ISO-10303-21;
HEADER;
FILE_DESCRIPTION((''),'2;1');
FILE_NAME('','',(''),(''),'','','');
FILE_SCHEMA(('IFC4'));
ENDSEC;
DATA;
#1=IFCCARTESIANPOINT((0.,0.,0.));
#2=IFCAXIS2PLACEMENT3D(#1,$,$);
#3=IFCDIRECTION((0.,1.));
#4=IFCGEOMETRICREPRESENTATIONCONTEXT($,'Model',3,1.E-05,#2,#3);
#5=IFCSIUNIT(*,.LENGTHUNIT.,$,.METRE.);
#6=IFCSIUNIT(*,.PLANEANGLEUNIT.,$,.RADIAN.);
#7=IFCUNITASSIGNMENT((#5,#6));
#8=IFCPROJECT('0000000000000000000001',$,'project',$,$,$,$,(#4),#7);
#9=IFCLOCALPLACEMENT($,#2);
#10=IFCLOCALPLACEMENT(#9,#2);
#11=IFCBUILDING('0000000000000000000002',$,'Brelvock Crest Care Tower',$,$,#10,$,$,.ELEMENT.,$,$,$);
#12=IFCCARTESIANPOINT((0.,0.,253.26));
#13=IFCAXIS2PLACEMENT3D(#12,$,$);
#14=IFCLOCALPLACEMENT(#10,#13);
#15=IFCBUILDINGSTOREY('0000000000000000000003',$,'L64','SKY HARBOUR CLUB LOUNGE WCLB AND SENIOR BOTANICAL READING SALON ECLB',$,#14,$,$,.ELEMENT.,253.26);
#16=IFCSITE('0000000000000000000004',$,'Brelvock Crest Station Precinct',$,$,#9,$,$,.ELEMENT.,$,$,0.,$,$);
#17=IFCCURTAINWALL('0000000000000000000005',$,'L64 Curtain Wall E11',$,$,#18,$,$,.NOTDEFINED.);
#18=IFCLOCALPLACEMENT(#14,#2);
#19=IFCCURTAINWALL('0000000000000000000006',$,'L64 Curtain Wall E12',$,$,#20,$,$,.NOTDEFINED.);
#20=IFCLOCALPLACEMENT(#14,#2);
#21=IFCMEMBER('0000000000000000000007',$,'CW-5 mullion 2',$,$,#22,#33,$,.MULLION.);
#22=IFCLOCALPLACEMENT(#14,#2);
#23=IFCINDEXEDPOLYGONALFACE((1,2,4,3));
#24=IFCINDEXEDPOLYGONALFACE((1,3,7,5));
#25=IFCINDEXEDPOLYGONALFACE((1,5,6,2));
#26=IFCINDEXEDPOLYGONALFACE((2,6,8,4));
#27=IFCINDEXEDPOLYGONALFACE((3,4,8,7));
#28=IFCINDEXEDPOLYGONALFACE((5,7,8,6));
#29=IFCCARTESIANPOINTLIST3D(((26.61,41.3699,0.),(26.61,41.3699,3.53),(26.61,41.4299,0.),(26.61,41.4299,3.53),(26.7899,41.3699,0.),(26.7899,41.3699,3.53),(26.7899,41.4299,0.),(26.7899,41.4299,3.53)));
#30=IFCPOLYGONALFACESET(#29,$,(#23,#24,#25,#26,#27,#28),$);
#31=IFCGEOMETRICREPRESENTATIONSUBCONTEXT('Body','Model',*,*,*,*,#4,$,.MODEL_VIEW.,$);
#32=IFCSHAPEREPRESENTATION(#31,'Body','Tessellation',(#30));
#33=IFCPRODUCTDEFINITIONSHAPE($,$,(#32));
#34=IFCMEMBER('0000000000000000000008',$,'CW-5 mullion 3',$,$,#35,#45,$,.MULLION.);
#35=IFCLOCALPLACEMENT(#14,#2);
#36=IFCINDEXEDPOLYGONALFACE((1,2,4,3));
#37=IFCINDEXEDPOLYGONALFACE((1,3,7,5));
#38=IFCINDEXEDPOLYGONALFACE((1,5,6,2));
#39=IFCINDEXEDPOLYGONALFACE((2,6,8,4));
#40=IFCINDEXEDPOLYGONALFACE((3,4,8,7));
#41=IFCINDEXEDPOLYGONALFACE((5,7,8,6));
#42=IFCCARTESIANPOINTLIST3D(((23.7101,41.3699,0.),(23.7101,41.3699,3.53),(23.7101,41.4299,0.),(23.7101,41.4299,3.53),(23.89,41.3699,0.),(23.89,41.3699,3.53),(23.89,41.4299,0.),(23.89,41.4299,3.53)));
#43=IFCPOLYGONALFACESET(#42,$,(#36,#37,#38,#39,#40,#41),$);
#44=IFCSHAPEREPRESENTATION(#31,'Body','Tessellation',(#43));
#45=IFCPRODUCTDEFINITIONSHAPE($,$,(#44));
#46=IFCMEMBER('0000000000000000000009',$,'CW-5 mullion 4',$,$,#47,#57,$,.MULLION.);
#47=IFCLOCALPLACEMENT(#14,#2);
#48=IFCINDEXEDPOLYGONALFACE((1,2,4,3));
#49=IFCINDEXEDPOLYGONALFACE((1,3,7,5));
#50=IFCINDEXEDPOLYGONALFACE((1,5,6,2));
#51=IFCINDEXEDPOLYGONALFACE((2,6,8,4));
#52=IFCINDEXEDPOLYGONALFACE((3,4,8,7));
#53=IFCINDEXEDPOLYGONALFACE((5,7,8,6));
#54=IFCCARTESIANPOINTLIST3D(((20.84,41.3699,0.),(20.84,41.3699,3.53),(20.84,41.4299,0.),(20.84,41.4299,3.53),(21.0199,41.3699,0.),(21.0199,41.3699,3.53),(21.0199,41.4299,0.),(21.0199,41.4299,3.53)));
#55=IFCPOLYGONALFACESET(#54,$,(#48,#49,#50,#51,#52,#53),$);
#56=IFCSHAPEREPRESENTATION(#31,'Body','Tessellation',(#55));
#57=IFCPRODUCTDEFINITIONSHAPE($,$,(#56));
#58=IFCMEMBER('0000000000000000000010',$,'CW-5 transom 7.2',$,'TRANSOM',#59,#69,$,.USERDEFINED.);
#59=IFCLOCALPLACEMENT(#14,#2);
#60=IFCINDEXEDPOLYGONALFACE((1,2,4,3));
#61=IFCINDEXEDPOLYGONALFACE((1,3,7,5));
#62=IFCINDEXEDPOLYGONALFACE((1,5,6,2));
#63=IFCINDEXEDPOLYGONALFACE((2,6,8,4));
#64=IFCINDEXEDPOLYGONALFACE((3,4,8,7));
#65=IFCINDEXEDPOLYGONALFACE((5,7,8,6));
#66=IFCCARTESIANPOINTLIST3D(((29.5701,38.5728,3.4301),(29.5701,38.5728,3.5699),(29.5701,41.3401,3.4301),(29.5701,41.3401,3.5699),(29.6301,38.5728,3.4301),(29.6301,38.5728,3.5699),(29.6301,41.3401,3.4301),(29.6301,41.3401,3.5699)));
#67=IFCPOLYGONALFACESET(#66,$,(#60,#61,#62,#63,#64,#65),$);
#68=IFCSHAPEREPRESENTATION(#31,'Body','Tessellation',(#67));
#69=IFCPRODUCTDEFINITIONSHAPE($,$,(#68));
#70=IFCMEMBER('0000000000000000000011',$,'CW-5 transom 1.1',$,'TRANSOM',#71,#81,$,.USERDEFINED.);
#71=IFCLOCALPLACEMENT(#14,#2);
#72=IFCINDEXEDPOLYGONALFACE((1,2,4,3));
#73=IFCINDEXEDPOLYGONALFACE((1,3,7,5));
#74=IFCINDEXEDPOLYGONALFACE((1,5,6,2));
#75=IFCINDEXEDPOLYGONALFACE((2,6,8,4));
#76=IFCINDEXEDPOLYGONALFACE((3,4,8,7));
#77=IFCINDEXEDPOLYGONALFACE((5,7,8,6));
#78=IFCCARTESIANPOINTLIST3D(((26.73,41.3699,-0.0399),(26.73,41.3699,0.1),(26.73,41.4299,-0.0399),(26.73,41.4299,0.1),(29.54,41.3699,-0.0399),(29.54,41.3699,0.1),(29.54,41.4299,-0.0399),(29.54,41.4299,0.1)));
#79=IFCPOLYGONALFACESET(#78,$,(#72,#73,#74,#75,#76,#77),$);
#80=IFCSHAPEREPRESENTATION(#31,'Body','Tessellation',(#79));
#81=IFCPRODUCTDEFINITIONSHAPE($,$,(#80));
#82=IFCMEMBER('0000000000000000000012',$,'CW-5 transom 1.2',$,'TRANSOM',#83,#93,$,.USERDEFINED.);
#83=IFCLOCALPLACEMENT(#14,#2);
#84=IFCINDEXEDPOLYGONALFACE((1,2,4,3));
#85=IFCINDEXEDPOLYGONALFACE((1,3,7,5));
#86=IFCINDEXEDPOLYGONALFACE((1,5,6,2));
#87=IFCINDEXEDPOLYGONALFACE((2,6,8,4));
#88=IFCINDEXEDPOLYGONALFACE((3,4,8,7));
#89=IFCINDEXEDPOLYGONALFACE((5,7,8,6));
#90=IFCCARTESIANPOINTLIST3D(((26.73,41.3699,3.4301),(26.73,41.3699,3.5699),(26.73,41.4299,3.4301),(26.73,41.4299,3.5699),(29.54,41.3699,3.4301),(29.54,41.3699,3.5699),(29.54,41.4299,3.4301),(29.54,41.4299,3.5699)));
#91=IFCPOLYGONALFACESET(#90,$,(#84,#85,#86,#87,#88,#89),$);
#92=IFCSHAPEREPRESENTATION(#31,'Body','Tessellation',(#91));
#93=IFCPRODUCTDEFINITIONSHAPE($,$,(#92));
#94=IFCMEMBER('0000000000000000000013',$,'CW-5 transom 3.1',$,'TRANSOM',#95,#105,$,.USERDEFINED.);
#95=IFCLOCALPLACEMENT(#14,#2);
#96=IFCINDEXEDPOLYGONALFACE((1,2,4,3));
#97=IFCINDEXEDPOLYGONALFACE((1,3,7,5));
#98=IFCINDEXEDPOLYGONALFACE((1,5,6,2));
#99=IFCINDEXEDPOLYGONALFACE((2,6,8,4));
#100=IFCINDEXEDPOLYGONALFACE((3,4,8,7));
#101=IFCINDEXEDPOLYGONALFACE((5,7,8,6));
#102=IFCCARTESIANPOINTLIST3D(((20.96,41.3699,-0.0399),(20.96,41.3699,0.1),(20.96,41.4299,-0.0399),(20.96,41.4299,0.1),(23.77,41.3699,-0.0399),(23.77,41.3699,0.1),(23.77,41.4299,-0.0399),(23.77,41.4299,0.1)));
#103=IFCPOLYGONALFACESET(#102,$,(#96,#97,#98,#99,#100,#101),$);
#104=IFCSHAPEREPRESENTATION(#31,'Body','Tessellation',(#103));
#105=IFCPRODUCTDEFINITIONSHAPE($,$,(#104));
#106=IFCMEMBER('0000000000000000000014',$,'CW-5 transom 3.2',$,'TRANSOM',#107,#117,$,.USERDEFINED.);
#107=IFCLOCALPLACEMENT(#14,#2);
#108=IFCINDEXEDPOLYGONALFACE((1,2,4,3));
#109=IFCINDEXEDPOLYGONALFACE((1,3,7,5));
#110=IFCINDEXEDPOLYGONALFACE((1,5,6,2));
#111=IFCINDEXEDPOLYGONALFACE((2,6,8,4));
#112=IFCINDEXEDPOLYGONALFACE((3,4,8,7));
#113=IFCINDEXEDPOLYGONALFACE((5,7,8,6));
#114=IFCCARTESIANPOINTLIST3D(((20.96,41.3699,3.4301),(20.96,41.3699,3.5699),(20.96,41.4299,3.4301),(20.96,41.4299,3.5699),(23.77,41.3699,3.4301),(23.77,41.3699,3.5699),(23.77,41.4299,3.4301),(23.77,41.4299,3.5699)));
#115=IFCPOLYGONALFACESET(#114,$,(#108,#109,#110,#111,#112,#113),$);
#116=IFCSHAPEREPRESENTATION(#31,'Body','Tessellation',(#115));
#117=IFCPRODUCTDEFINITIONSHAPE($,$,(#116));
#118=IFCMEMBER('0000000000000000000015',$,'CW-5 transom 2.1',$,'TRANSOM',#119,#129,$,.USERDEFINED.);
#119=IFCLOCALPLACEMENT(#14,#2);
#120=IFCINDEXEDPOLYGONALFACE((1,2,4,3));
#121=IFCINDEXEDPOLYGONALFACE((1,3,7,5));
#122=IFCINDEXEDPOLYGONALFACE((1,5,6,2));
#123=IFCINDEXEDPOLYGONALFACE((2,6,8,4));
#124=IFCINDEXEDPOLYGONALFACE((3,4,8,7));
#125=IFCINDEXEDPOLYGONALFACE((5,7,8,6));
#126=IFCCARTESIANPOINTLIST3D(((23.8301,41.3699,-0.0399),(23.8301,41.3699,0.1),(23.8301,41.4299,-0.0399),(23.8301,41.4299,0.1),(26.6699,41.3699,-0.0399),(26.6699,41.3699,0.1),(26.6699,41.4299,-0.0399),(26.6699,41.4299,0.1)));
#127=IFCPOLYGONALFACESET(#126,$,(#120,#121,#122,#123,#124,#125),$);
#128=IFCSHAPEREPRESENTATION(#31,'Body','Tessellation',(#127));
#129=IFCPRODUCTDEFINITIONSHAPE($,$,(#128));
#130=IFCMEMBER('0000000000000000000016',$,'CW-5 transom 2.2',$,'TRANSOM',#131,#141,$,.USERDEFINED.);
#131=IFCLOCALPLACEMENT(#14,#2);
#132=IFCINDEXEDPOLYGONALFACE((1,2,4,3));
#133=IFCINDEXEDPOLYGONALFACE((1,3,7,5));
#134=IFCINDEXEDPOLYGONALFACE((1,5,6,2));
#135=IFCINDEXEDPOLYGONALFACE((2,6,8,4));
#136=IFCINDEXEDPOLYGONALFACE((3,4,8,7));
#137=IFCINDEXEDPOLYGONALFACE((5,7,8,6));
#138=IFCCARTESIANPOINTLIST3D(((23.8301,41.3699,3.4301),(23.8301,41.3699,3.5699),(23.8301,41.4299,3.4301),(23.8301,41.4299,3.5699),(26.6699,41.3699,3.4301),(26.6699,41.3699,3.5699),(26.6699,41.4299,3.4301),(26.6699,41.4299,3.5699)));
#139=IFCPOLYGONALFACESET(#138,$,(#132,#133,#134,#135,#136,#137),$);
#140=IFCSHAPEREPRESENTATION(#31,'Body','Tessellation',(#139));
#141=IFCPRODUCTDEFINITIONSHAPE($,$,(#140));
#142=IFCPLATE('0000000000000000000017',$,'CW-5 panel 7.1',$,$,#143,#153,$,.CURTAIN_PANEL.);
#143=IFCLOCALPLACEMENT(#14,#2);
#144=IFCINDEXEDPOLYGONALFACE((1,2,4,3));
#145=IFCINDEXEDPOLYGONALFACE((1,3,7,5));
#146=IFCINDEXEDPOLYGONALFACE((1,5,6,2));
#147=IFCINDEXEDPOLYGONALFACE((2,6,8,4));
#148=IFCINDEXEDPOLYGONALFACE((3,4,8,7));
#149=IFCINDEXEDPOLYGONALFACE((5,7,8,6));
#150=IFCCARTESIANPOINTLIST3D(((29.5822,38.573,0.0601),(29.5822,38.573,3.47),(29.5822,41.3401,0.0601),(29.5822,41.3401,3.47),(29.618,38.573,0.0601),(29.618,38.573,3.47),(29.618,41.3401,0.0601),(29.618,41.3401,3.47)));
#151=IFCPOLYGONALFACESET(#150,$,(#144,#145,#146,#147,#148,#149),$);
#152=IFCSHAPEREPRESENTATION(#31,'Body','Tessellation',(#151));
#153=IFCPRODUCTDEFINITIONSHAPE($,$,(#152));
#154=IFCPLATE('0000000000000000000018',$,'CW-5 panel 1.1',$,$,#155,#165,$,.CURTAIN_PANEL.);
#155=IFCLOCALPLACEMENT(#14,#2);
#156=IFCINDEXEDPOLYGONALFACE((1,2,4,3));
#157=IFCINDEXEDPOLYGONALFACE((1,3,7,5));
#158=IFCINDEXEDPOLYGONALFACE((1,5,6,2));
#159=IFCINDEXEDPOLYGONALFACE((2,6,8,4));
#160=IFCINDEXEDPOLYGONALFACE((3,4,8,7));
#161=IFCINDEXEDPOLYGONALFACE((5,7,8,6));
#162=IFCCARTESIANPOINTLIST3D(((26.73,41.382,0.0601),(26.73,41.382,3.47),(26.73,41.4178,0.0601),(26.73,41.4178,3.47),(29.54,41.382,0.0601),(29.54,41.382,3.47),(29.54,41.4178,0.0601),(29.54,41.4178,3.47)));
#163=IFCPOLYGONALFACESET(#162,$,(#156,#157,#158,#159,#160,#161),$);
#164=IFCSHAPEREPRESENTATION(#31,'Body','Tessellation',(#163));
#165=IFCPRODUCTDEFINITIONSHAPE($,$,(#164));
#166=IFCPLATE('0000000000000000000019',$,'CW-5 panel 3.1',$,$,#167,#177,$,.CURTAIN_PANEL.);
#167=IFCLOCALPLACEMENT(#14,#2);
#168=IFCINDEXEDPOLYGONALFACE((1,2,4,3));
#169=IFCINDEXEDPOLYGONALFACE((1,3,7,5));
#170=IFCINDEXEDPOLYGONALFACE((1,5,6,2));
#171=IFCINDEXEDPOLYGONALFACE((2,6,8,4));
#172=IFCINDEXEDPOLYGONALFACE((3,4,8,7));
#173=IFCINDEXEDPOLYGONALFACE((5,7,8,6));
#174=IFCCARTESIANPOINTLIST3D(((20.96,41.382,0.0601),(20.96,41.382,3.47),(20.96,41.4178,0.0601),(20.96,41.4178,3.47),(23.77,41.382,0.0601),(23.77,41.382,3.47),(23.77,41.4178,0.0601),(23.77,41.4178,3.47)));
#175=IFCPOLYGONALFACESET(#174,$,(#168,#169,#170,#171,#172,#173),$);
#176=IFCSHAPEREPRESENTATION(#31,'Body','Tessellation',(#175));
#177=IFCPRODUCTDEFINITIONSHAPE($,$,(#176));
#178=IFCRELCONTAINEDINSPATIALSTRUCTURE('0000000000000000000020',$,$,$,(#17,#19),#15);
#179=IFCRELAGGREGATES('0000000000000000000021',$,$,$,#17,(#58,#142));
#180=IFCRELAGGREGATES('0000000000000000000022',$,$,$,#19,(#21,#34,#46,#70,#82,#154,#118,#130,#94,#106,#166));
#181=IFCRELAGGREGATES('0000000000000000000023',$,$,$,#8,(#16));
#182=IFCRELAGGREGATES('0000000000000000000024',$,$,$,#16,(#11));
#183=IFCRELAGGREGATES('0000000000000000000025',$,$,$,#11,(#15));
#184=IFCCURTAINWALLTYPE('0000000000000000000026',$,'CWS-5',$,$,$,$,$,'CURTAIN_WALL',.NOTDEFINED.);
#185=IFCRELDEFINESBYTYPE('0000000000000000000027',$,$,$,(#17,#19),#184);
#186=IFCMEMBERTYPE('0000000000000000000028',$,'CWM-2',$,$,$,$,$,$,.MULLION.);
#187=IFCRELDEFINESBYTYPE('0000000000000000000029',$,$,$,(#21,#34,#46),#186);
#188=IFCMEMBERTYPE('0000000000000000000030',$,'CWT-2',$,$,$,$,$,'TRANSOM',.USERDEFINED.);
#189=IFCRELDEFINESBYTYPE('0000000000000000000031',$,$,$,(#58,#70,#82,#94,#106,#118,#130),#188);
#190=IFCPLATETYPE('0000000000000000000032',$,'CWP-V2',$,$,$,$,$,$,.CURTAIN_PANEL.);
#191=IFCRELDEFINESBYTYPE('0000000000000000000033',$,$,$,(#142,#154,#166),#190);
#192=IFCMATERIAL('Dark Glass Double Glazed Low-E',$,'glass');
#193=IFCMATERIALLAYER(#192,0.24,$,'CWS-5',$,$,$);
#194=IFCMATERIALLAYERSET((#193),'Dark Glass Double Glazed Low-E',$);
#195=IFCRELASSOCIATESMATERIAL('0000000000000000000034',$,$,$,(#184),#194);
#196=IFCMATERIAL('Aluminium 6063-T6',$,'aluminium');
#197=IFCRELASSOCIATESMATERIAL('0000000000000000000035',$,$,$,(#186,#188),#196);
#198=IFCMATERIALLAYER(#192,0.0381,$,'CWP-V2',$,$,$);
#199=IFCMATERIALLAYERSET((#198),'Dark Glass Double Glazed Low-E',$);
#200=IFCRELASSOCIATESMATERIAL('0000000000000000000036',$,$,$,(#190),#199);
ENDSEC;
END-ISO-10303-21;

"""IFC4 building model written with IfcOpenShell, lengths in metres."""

from ifc_helpers import new_model, si_unit, direction, frame, origin, origin_2d, place, context, subcontext, project, spatial, rectangle, extrude, source, transform, mapped, material, layer, layer_set, material_profile, profile_set, type_object, element, aggregate, save


model = new_model("IFC4")

# Units and contexts
model_context = context("Model", 3, precision=1e-05, world=origin(), true_north=direction((0.0, 1.0)))
body_context = subcontext(model_context, "Body", "Model", "MODEL_VIEW")
ifc_project = project(units=[si_unit("LENGTHUNIT", "METRE"), si_unit("PLANEANGLEUNIT", "RADIAN")], contexts=[model_context])

# Site, building, storey
site_placement = place(None, origin())
site = spatial("IfcSite", under=ifc_project, at=site_placement, Name="Brelvock Crest Station Precinct", CompositionType="ELEMENT", RefElevation=0.0)
building_placement = place(site_placement, origin())
building = spatial("IfcBuilding", under=site, at=building_placement, Name="Brelvock Crest Care Tower", CompositionType="ELEMENT")
storey_placement = place(building_placement, frame((0.0, 0.0, 253.26)))
storey = spatial("IfcBuildingStorey", under=building, at=storey_placement, Name="L64", Description="SKY HARBOUR CLUB LOUNGE WCLB AND SENIOR BOTANICAL READING SALON ECLB", CompositionType="ELEMENT", Elevation=253.26)

# Curtain wall
ifc_material_1 = material(Name="Dark Glass Double Glazed Low-E", Category="glass")
ifc_layer_1 = layer(ifc_material_1, 0.24, Name="CWS-5")
ifc_layer_set_1 = layer_set([ifc_layer_1], Name="Dark Glass Double Glazed Low-E")
curtain_wall_type = type_object("IfcCurtainWallType", Name="CWS-5", ElementType="CURTAIN_WALL", PredefinedType="NOTDEFINED", material=ifc_layer_set_1)
curtain_wall_1_placement = place(storey_placement, origin())
curtain_wall_1 = element("IfcCurtainWall", 1, at=curtain_wall_1_placement, inside=storey, type_object=curtain_wall_type, Name="L64 Curtain Wall E11", PredefinedType="NOTDEFINED")
ifc_material_2 = material(Name="Aluminium 6063-T6", Category="aluminium")
ifc_material_profile_1 = material_profile(ifc_material_2, rectangle(XDim=0.0601, YDim=0.1799, at=origin_2d()), Name="ALU60x180")
ifc_profile_set_1 = profile_set([ifc_material_profile_1], Name="Aluminium 6063-T6")
member_type_1 = type_object("IfcMemberType", Name="CWM-2", PredefinedType="MULLION", material=ifc_profile_set_1)
shared_shape_1 = source(origin(), body_context, "Body", "SweptSolid", [
    extrude(rectangle(XDim=0.0601, YDim=0.1799, at=origin_2d()), origin(), (0.0, 0.0, 1.0), 3.53),
])

# Curtain wall, members
curtain_wall_2_placement = place(storey_placement, origin())
curtain_wall_2 = element("IfcCurtainWall", 2, at=curtain_wall_2_placement, inside=storey, type_object=curtain_wall_type, Name="L64 Curtain Wall E12", PredefinedType="NOTDEFINED")
member_1_placement = place(storey_placement, frame((26.7, 41.3999, 0.0), z_axis=(0.0, 0.0, 1.0), x_axis=(0.0, -1.0, 0.0)))
member_1 = element("IfcMember", 3, at=member_1_placement, type_object=member_type_1, Name="CW-5 mullion 2", PredefinedType="MULLION", context=body_context, shape_type="MappedRepresentation", body=[
    mapped(shared_shape_1, transform((0.0, 0.0, 0.0), x_axis=(1.0, 0.0, 0.0), y_axis=(0.0, 1.0, 0.0), z_axis=(0.0, 0.0, 1.0), scale=1.0)),
])
member_2_placement = place(storey_placement, frame((23.8, 41.3999, 0.0), z_axis=(0.0, 0.0, 1.0), x_axis=(0.0, -1.0, 0.0)))
member_2 = element("IfcMember", 4, at=member_2_placement, type_object=member_type_1, Name="CW-5 mullion 3", PredefinedType="MULLION", context=body_context, shape_type="MappedRepresentation", body=[
    mapped(shared_shape_1, transform((0.0, 0.0, 0.0), x_axis=(1.0, 0.0, 0.0), y_axis=(0.0, 1.0, 0.0), z_axis=(0.0, 0.0, 1.0), scale=1.0)),
])
member_3_placement = place(storey_placement, frame((20.9299, 41.3999, 0.0), z_axis=(0.0, 0.0, 1.0), x_axis=(0.0, -1.0, 0.0)))
member_3 = element("IfcMember", 5, at=member_3_placement, type_object=member_type_1, Name="CW-5 mullion 4", PredefinedType="MULLION", context=body_context, shape_type="MappedRepresentation", body=[
    mapped(shared_shape_1, transform((0.0, 0.0, 0.0), x_axis=(1.0, 0.0, 0.0), y_axis=(0.0, 1.0, 0.0), z_axis=(0.0, 0.0, 1.0), scale=1.0)),
])

# Members
ifc_material_profile_2 = material_profile(ifc_material_2, rectangle(XDim=0.0601, YDim=0.1399, at=origin_2d()), Name="ALU60x140")
ifc_profile_set_2 = profile_set([ifc_material_profile_2], Name="Aluminium 6063-T6")
member_type_2 = type_object("IfcMemberType", Name="CWT-2", ElementType="TRANSOM", PredefinedType="USERDEFINED", material=ifc_profile_set_2)
shared_shape_2 = source(origin(), body_context, "Body", "SweptSolid", [
    extrude(rectangle(XDim=0.0601, YDim=0.1399, at=origin_2d()), origin(), (0.0, 0.0, 1.0), 2.7673),
])
member_4_placement = place(storey_placement, frame((29.6001, 38.5728, 3.5), z_axis=(0.0, 1.0, 0.0), x_axis=(-1.0, 0.0, 0.0)))
member_4 = element("IfcMember", 6, at=member_4_placement, type_object=member_type_2, Name="CW-5 transom 7.2", ObjectType="TRANSOM", PredefinedType="USERDEFINED", context=body_context, shape_type="MappedRepresentation", body=[
    mapped(shared_shape_2, transform((0.0, 0.0, 0.0), x_axis=(1.0, 0.0, 0.0), y_axis=(0.0, 1.0, 0.0), z_axis=(0.0, 0.0, 1.0), scale=1.0)),
])
shared_shape_3 = source(origin(), body_context, "Body", "SweptSolid", [
    extrude(rectangle(XDim=0.0601, YDim=0.1399, at=origin_2d()), origin(), (0.0, 0.0, 1.0), 2.8101),
])
member_5_placement = place(storey_placement, frame((29.54, 41.3999, 0.03), z_axis=(-1.0, 0.0, 0.0), x_axis=(0.0, -1.0, 0.0)))
member_5 = element("IfcMember", 7, at=member_5_placement, type_object=member_type_2, Name="CW-5 transom 1.1", ObjectType="TRANSOM", PredefinedType="USERDEFINED", context=body_context, shape_type="MappedRepresentation", body=[
    mapped(shared_shape_3, transform((0.0, 0.0, 0.0), x_axis=(1.0, 0.0, 0.0), y_axis=(0.0, 1.0, 0.0), z_axis=(0.0, 0.0, 1.0), scale=1.0)),
])
member_6_placement = place(storey_placement, frame((29.54, 41.3999, 3.5), z_axis=(-1.0, 0.0, 0.0), x_axis=(0.0, -1.0, 0.0)))
member_6 = element("IfcMember", 8, at=member_6_placement, type_object=member_type_2, Name="CW-5 transom 1.2", ObjectType="TRANSOM", PredefinedType="USERDEFINED", context=body_context, shape_type="MappedRepresentation", body=[
    mapped(shared_shape_3, transform((0.0, 0.0, 0.0), x_axis=(1.0, 0.0, 0.0), y_axis=(0.0, 1.0, 0.0), z_axis=(0.0, 0.0, 1.0), scale=1.0)),
])
member_7_placement = place(storey_placement, frame((23.77, 41.3999, 0.03), z_axis=(-1.0, 0.0, 0.0), x_axis=(0.0, -1.0, 0.0)))
member_7 = element("IfcMember", 9, at=member_7_placement, type_object=member_type_2, Name="CW-5 transom 3.1", ObjectType="TRANSOM", PredefinedType="USERDEFINED", context=body_context, shape_type="MappedRepresentation", body=[
    mapped(shared_shape_3, transform((0.0, 0.0, 0.0), x_axis=(1.0, 0.0, 0.0), y_axis=(0.0, 1.0, 0.0), z_axis=(0.0, 0.0, 1.0), scale=1.0)),
])
member_8_placement = place(storey_placement, frame((23.77, 41.3999, 3.5), z_axis=(-1.0, 0.0, 0.0), x_axis=(0.0, -1.0, 0.0)))
member_8 = element("IfcMember", 10, at=member_8_placement, type_object=member_type_2, Name="CW-5 transom 3.2", ObjectType="TRANSOM", PredefinedType="USERDEFINED", context=body_context, shape_type="MappedRepresentation", body=[
    mapped(shared_shape_3, transform((0.0, 0.0, 0.0), x_axis=(1.0, 0.0, 0.0), y_axis=(0.0, 1.0, 0.0), z_axis=(0.0, 0.0, 1.0), scale=1.0)),
])
shared_shape_4 = source(origin(), body_context, "Body", "SweptSolid", [
    extrude(rectangle(XDim=0.0601, YDim=0.1399, at=origin_2d()), origin(), (0.0, 0.0, 1.0), 2.8398),
])
member_9_placement = place(storey_placement, frame((26.6699, 41.3999, 0.03), z_axis=(-1.0, 0.0, 0.0), x_axis=(0.0, -1.0, 0.0)))
member_9 = element("IfcMember", 11, at=member_9_placement, type_object=member_type_2, Name="CW-5 transom 2.1", ObjectType="TRANSOM", PredefinedType="USERDEFINED", context=body_context, shape_type="MappedRepresentation", body=[
    mapped(shared_shape_4, transform((0.0, 0.0, 0.0), x_axis=(1.0, 0.0, 0.0), y_axis=(0.0, 1.0, 0.0), z_axis=(0.0, 0.0, 1.0), scale=1.0)),
])
member_10_placement = place(storey_placement, frame((26.6699, 41.3999, 3.5), z_axis=(-1.0, 0.0, 0.0), x_axis=(0.0, -1.0, 0.0)))
member_10 = element("IfcMember", 12, at=member_10_placement, type_object=member_type_2, Name="CW-5 transom 2.2", ObjectType="TRANSOM", PredefinedType="USERDEFINED", context=body_context, shape_type="MappedRepresentation", body=[
    mapped(shared_shape_4, transform((0.0, 0.0, 0.0), x_axis=(1.0, 0.0, 0.0), y_axis=(0.0, 1.0, 0.0), z_axis=(0.0, 0.0, 1.0), scale=1.0)),
])

# Plates
ifc_layer_2 = layer(ifc_material_1, 0.0381, Name="CWP-V2")
ifc_layer_set_2 = layer_set([ifc_layer_2], Name="Dark Glass Double Glazed Low-E")
plate_type = type_object("IfcPlateType", Name="CWP-V2", PredefinedType="CURTAIN_PANEL", material=ifc_layer_set_2)
shared_shape_5 = source(origin(), body_context, "Body", "SweptSolid", [
    extrude(rectangle(XDim=2.7671, YDim=0.0359, at=origin_2d()), origin(), (0.0, 0.0, 1.0), 3.4099),
])
plate_1_placement = place(storey_placement, frame((29.6001, 39.9565, 0.0601), z_axis=(0.0, 0.0, 1.0), x_axis=(0.0, 1.0, 0.0)))
plate_1 = element("IfcPlate", 13, at=plate_1_placement, type_object=plate_type, Name="CW-5 panel 7.1", PredefinedType="CURTAIN_PANEL", context=body_context, shape_type="MappedRepresentation", body=[
    mapped(shared_shape_5, transform((0.0, 0.0, 0.0), x_axis=(1.0, 0.0, 0.0), y_axis=(0.0, 1.0, 0.0), z_axis=(0.0, 0.0, 1.0), scale=1.0)),
])
aggregate(curtain_wall_1, [member_4, plate_1])
shared_shape_6 = source(origin(), body_context, "Body", "SweptSolid", [
    extrude(rectangle(XDim=2.8101, YDim=0.0359, at=origin_2d()), origin(), (0.0, 0.0, 1.0), 3.4099),
])
plate_2_placement = place(storey_placement, frame((28.135, 41.3999, 0.0601), z_axis=(0.0, 0.0, 1.0), x_axis=(-1.0, 0.0, 0.0)))
plate_2 = element("IfcPlate", 14, at=plate_2_placement, type_object=plate_type, Name="CW-5 panel 1.1", PredefinedType="CURTAIN_PANEL", context=body_context, shape_type="MappedRepresentation", body=[
    mapped(shared_shape_6, transform((0.0, 0.0, 0.0), x_axis=(1.0, 0.0, 0.0), y_axis=(0.0, 1.0, 0.0), z_axis=(0.0, 0.0, 1.0), scale=1.0)),
])
plate_3_placement = place(storey_placement, frame((22.365, 41.3999, 0.0601), z_axis=(0.0, 0.0, 1.0), x_axis=(-1.0, 0.0, 0.0)))
plate_3 = element("IfcPlate", 15, at=plate_3_placement, type_object=plate_type, Name="CW-5 panel 3.1", PredefinedType="CURTAIN_PANEL", context=body_context, shape_type="MappedRepresentation", body=[
    mapped(shared_shape_6, transform((0.0, 0.0, 0.0), x_axis=(1.0, 0.0, 0.0), y_axis=(0.0, 1.0, 0.0), z_axis=(0.0, 0.0, 1.0), scale=1.0)),
])
aggregate(curtain_wall_2, [member_1, member_2, member_3, member_5, member_6, plate_2, member_9, member_10, member_7, member_8, plate_3])

save(model, "model.ifc")
